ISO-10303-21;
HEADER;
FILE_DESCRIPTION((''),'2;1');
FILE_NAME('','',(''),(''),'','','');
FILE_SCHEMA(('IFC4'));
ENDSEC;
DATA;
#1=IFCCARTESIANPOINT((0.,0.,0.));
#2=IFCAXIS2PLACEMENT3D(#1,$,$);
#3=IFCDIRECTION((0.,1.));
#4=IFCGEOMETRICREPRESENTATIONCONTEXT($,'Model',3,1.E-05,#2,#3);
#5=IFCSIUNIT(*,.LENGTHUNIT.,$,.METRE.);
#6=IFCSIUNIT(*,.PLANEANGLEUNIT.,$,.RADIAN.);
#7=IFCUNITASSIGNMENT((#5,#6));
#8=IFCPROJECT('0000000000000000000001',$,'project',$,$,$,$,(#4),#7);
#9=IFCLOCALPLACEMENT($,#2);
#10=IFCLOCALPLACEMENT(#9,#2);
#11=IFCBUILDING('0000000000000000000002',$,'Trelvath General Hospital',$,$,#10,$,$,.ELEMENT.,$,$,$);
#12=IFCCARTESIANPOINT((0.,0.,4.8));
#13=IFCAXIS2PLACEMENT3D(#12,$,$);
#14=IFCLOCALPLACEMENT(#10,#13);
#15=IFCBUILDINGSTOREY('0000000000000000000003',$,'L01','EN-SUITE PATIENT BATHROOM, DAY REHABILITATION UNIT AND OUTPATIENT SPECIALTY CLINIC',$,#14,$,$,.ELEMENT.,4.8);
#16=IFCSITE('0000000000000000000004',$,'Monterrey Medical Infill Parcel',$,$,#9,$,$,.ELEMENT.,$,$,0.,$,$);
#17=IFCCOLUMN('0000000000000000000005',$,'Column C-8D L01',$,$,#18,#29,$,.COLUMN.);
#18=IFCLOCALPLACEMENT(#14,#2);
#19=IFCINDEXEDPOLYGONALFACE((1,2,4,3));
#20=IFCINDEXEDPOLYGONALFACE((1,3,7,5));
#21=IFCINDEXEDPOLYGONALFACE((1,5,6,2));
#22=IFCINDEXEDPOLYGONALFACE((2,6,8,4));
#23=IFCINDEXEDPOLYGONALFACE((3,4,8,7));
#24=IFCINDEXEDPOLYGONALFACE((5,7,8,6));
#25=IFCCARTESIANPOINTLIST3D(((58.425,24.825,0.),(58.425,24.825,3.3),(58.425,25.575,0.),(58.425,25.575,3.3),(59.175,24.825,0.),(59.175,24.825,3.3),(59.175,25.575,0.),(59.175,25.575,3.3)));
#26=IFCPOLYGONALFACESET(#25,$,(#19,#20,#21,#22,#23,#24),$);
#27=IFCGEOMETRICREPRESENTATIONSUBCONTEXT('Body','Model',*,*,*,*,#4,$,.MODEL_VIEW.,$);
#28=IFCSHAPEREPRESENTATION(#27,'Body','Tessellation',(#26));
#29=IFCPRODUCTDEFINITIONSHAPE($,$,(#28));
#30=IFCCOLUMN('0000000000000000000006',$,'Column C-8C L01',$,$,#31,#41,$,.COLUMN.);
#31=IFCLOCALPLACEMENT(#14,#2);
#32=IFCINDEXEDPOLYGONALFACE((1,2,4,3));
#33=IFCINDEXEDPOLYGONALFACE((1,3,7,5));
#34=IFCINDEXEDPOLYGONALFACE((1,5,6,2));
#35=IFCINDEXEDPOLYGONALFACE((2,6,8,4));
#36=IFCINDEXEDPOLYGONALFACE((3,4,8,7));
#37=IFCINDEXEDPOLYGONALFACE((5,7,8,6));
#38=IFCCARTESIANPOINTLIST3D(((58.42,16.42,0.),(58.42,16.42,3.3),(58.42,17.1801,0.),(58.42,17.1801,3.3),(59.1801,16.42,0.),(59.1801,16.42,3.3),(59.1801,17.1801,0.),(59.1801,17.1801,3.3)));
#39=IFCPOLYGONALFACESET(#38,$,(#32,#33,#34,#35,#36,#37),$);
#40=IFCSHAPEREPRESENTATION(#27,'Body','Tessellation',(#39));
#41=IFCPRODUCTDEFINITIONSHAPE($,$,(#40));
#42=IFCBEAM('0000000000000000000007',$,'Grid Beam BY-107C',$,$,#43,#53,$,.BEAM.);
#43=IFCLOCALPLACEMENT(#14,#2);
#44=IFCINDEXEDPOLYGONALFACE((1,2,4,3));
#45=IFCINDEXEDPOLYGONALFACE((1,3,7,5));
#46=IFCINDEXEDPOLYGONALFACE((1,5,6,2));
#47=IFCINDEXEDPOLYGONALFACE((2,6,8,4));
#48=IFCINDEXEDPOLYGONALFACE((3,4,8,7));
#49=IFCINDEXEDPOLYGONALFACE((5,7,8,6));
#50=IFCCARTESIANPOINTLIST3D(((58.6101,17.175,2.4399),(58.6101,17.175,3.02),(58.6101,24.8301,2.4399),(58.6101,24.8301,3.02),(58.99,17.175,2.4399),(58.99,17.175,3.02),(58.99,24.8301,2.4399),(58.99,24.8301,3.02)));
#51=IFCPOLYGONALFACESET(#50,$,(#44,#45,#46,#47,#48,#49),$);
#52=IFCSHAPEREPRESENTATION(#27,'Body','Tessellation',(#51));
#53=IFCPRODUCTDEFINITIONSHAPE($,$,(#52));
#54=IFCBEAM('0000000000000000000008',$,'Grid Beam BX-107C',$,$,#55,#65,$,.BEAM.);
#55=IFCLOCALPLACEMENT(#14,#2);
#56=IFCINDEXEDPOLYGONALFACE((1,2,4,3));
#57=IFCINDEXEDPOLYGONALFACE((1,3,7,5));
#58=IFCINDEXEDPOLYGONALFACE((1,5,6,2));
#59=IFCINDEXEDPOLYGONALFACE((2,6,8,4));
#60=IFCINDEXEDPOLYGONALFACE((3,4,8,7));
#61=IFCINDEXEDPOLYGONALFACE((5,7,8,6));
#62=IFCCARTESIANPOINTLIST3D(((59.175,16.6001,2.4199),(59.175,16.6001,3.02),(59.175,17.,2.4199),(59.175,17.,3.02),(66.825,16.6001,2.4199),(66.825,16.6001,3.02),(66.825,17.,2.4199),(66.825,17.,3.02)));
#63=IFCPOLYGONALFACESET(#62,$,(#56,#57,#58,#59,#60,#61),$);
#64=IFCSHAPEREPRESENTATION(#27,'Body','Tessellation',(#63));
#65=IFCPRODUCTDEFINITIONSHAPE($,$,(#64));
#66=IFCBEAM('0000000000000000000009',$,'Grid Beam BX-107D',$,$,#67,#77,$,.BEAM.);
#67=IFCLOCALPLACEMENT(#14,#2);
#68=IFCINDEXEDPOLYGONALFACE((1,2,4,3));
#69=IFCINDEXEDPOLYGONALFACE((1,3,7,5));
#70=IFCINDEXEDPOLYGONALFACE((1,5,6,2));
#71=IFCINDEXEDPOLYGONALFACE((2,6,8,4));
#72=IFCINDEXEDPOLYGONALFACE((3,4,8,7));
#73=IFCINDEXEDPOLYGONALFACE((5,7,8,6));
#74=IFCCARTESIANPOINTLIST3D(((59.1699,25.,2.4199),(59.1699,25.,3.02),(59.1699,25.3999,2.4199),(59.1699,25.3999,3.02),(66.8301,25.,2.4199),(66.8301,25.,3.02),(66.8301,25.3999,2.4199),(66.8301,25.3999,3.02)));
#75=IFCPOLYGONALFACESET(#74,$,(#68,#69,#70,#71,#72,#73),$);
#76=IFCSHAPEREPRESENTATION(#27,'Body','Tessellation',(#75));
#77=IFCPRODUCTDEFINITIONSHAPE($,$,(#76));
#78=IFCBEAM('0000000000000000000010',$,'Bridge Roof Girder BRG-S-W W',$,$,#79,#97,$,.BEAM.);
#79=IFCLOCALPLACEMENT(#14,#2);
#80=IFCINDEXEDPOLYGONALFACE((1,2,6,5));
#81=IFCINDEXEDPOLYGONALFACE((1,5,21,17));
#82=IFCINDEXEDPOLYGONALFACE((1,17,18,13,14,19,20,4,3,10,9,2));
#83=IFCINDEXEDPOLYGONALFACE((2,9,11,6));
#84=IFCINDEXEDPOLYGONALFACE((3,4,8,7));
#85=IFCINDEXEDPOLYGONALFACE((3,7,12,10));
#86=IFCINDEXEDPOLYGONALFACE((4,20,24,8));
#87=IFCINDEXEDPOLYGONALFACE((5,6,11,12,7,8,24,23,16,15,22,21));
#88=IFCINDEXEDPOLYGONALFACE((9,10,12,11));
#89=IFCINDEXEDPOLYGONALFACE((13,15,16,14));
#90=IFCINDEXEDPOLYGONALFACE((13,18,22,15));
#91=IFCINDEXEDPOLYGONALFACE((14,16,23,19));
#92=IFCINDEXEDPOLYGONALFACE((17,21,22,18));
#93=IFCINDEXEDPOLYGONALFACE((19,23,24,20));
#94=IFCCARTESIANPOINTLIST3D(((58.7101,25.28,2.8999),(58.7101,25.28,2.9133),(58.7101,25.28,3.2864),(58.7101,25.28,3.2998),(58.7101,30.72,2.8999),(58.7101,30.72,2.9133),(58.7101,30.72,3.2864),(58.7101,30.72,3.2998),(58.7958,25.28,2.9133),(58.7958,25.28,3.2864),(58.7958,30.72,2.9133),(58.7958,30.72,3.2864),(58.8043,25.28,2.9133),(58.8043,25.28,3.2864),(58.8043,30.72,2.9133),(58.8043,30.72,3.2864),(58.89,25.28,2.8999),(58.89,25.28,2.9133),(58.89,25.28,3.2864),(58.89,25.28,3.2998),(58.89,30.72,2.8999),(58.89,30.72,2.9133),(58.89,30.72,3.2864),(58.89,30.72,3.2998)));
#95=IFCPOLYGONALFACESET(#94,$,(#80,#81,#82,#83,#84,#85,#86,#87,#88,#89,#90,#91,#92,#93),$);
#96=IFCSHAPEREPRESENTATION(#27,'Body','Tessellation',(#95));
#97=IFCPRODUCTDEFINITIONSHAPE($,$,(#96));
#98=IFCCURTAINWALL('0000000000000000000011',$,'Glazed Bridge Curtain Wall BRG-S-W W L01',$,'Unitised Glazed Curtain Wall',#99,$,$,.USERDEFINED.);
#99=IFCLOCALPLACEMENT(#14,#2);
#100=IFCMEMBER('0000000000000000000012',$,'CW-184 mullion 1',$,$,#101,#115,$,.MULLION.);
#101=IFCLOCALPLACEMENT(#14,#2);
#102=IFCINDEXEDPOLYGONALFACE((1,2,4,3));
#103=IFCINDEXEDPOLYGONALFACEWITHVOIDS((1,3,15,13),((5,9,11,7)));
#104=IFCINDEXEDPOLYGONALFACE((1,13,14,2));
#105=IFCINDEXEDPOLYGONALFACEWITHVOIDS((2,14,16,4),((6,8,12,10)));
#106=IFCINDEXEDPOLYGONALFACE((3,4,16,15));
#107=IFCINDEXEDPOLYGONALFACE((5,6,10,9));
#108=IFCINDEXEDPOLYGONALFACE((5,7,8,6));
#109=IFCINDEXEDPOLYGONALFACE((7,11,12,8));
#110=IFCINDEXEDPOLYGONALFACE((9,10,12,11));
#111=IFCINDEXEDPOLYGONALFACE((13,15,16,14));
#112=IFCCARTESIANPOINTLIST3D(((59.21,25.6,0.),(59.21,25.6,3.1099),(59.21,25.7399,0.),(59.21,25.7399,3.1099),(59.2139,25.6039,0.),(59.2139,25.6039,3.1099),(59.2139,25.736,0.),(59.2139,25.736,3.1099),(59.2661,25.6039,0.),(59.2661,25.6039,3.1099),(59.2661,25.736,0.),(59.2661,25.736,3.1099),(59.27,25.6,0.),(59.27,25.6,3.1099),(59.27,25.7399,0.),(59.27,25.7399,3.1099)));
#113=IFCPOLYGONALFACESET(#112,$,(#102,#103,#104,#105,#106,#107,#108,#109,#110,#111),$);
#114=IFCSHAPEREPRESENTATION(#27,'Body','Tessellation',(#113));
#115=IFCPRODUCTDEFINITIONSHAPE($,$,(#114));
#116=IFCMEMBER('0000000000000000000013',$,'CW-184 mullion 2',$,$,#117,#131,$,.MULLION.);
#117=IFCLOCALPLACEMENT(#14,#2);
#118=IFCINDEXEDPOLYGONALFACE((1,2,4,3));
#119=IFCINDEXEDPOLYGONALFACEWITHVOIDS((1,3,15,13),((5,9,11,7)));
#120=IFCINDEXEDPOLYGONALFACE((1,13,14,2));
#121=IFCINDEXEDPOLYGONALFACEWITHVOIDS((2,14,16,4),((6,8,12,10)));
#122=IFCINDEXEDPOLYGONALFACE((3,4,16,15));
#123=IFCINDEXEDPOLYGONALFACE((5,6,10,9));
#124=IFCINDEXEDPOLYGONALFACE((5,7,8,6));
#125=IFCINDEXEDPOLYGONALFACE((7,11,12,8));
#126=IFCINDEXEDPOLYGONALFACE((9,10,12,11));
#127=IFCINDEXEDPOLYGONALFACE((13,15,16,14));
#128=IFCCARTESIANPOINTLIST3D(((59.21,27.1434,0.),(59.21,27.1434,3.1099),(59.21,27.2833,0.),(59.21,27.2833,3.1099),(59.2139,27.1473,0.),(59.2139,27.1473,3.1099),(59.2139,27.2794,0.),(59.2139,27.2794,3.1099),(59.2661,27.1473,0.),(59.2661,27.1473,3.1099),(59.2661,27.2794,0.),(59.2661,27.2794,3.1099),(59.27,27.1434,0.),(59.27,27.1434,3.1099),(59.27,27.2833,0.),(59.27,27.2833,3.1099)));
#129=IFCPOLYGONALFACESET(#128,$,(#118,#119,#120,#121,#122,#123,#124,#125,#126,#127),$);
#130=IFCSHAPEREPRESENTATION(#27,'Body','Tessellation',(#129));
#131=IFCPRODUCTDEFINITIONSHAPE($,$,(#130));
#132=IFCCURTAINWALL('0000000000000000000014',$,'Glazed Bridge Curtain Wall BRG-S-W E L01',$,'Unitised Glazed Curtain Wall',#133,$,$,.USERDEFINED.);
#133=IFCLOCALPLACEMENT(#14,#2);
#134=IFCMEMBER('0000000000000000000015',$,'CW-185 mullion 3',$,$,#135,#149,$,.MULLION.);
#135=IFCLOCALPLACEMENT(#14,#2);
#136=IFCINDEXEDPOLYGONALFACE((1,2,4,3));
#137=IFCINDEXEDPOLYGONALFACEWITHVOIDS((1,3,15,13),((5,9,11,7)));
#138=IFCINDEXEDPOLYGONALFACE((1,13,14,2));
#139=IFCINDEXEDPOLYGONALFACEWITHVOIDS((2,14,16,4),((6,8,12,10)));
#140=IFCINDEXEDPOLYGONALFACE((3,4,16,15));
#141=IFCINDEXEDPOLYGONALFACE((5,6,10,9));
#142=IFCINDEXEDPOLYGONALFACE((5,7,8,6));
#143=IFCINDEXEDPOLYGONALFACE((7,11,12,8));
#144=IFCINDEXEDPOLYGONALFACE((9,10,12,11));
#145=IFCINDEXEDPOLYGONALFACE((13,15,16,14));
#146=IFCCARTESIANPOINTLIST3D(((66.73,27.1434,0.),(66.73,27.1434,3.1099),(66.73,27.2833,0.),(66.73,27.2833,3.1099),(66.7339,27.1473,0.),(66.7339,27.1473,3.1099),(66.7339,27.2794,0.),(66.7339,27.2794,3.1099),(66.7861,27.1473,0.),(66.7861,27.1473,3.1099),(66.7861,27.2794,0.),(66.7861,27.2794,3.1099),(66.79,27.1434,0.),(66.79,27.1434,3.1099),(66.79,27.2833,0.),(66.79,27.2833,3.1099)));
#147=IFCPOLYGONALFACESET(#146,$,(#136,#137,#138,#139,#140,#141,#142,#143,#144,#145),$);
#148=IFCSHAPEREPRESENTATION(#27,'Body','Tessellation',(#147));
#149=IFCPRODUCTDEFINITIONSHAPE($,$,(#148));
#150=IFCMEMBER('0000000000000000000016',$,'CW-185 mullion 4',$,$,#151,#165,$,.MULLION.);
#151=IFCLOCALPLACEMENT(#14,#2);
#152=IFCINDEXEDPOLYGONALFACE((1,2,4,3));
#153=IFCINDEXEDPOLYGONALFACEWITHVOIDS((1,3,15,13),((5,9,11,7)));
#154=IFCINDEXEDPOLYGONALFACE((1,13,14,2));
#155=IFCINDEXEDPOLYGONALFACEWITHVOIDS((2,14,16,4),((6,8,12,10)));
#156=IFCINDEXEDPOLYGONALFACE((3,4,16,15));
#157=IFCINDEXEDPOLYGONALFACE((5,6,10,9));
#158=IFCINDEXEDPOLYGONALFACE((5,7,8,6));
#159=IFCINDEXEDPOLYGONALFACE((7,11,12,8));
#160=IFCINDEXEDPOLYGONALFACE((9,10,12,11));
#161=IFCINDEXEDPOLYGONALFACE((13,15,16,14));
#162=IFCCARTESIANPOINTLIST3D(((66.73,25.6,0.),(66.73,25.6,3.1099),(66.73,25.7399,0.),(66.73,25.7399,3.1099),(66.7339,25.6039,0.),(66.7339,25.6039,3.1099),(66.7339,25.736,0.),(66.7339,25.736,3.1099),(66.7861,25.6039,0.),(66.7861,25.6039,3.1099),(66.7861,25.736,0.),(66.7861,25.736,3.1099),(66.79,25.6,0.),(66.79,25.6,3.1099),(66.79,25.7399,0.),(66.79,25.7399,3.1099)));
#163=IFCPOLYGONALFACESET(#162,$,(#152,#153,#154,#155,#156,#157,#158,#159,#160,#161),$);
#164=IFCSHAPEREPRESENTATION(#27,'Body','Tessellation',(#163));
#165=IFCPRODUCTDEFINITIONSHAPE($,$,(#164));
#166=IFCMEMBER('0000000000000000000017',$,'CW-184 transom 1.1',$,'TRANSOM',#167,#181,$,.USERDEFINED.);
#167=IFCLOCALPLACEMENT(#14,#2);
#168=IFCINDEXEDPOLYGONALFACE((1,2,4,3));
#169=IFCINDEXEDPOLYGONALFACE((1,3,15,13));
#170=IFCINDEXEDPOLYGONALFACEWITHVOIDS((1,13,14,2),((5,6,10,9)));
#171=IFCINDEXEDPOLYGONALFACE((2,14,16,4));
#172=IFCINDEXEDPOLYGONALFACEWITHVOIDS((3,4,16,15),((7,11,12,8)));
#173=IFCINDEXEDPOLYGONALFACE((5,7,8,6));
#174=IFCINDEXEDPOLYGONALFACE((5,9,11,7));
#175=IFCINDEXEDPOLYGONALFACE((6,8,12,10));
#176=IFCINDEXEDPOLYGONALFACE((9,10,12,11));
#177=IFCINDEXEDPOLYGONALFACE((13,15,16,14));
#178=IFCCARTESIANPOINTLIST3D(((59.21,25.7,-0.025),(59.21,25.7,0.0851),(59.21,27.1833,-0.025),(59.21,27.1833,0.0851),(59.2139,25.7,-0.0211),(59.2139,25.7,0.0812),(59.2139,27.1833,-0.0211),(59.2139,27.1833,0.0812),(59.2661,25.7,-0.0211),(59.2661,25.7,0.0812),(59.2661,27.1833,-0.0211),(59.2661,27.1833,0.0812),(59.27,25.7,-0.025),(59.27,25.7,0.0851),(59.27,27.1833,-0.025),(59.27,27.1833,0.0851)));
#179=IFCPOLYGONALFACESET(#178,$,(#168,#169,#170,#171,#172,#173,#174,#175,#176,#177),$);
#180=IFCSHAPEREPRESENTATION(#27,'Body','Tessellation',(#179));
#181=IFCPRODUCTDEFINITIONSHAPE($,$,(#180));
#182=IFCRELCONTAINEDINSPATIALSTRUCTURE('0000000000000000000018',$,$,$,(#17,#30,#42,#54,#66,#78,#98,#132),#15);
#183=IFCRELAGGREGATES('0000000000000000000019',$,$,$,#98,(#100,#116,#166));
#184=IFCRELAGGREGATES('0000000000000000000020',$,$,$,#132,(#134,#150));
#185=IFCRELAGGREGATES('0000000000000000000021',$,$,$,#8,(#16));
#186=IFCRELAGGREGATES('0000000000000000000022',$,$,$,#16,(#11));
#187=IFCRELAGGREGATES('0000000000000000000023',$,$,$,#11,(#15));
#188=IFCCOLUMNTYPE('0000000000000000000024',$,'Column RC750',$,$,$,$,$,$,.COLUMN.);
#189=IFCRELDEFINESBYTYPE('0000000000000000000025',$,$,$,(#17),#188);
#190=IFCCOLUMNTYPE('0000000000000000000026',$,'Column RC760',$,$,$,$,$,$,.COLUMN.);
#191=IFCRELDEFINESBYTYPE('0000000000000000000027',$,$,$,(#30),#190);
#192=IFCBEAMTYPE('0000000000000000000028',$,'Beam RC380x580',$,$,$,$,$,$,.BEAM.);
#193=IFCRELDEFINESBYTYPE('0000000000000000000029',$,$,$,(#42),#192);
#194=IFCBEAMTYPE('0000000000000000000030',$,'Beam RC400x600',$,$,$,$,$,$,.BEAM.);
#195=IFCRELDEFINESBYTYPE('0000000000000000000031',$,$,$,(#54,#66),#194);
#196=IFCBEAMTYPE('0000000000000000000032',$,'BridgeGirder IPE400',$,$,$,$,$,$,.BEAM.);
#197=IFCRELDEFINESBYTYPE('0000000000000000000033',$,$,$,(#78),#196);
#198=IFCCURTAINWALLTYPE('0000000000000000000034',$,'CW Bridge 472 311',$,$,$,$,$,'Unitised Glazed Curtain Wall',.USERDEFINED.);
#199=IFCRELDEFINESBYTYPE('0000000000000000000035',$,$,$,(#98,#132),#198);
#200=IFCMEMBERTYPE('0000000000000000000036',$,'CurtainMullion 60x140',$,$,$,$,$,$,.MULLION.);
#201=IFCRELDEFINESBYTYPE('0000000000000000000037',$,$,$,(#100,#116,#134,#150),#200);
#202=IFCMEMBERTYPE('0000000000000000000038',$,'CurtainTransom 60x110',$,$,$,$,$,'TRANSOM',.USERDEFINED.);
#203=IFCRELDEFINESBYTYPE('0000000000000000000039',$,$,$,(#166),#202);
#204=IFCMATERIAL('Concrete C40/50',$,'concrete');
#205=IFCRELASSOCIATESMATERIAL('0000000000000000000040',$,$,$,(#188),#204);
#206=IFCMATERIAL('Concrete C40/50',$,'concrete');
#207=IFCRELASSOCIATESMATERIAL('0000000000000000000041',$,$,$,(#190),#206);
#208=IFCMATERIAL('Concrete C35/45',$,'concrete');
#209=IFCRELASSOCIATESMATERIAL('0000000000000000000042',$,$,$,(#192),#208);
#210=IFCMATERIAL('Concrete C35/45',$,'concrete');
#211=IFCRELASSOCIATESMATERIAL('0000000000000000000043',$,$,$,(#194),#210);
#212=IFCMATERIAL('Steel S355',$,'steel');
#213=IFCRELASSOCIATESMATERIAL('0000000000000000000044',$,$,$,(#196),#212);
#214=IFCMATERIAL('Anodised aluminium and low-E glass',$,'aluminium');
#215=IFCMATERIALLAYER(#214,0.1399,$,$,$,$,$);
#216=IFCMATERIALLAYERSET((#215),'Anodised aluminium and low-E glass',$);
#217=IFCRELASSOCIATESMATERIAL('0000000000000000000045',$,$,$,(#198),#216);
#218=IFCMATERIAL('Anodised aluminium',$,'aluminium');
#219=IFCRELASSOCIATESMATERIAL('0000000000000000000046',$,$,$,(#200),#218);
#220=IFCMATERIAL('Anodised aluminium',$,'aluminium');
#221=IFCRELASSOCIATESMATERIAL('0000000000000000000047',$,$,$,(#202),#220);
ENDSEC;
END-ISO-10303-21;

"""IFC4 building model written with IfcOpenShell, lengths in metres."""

from ifc_helpers import new_model, si_unit, direction, frame, origin, origin_2d, place, context, subcontext, project, spatial, rectangle, hollow_rectangle, i_section, extrude, material, layer, layer_set, material_profile, profile_set, type_object, element, aggregate, save


model = new_model("IFC4")

# Units and contexts
model_context = context("Model", 3, precision=1e-05, world=origin(), true_north=direction((0.0, 1.0)))
body_context = subcontext(model_context, "Body", "Model", "MODEL_VIEW")
ifc_project = project(units=[si_unit("LENGTHUNIT", "METRE"), si_unit("PLANEANGLEUNIT", "RADIAN")], contexts=[model_context])

# Site, building, storey
site_placement = place(None, origin())
site = spatial("IfcSite", under=ifc_project, at=site_placement, Name="Monterrey Medical Infill Parcel", CompositionType="ELEMENT", RefElevation=0.0)
building_placement = place(site_placement, origin())
building = spatial("IfcBuilding", under=site, at=building_placement, Name="Trelvath General Hospital", CompositionType="ELEMENT")
storey_placement = place(building_placement, frame((0.0, 0.0, 4.8)))
storey = spatial("IfcBuildingStorey", under=building, at=storey_placement, Name="L01", Description="EN-SUITE PATIENT BATHROOM, DAY REHABILITATION UNIT AND OUTPATIENT SPECIALTY CLINIC", CompositionType="ELEMENT", Elevation=4.8)

# Columns
ifc_material_1 = material(Name="Concrete C40/50", Category="concrete")
ifc_material_profile_1 = material_profile(ifc_material_1, rectangle(XDim=0.75, YDim=0.75, at=origin_2d()), Name="RC750x750")
ifc_profile_set_1 = profile_set([ifc_material_profile_1], Name="Concrete C40/50")
column_type_1 = type_object("IfcColumnType", Name="Column RC750", PredefinedType="COLUMN", material=ifc_profile_set_1)
column_1_placement = place(storey_placement, frame((58.8, 25.2, 0.0), z_axis=(0.0, 0.0, 1.0), x_axis=(1.0, 0.0, 0.0)))
element("IfcColumn", 1, at=column_1_placement, inside=storey, type_object=column_type_1, Name="Column C-8D L01", PredefinedType="COLUMN", context=body_context, shape_type="SweptSolid", body=[
    extrude(rectangle(XDim=0.75, YDim=0.75, at=origin_2d()), origin(), (0.0, 0.0, 1.0), 3.3),
])
ifc_material_2 = material(Name="Concrete C40/50", Category="concrete")
ifc_material_profile_2 = material_profile(ifc_material_2, rectangle(XDim=0.76, YDim=0.76, at=origin_2d()), Name="RC760x760")
ifc_profile_set_2 = profile_set([ifc_material_profile_2], Name="Concrete C40/50")
column_type_2 = type_object("IfcColumnType", Name="Column RC760", PredefinedType="COLUMN", material=ifc_profile_set_2)
column_2_placement = place(storey_placement, frame((58.8, 16.8, 0.0), z_axis=(0.0, 0.0, 1.0), x_axis=(1.0, 0.0, 0.0)))
element("IfcColumn", 2, at=column_2_placement, inside=storey, type_object=column_type_2, Name="Column C-8C L01", PredefinedType="COLUMN", context=body_context, shape_type="SweptSolid", body=[
    extrude(rectangle(XDim=0.76, YDim=0.76, at=origin_2d()), origin(), (0.0, 0.0, 1.0), 3.3),
])

# Beams
ifc_material_3 = material(Name="Concrete C35/45", Category="concrete")
ifc_material_profile_3 = material_profile(ifc_material_3, rectangle(XDim=0.3799, YDim=0.5801, at=origin_2d()), Name="RCB380x580")
ifc_profile_set_3 = profile_set([ifc_material_profile_3], Name="Concrete C35/45")
beam_type_1 = type_object("IfcBeamType", Name="Beam RC380x580", PredefinedType="BEAM", material=ifc_profile_set_3)
beam_1_placement = place(storey_placement, frame((58.8, 17.175, 2.73), z_axis=(0.0, 1.0, 0.0), x_axis=(-1.0, 0.0, 0.0)))
element("IfcBeam", 3, at=beam_1_placement, inside=storey, type_object=beam_type_1, Name="Grid Beam BY-107C", PredefinedType="BEAM", context=body_context, shape_type="SweptSolid", body=[
    extrude(rectangle(XDim=0.3799, YDim=0.5801, at=origin_2d()), origin(), (0.0, 0.0, 1.0), 7.655),
])
ifc_material_4 = material(Name="Concrete C35/45", Category="concrete")
ifc_material_profile_4 = material_profile(ifc_material_4, rectangle(XDim=0.3999, YDim=0.6001, at=origin_2d()), Name="RCB400x600")
ifc_profile_set_4 = profile_set([ifc_material_profile_4], Name="Concrete C35/45")
beam_type_2 = type_object("IfcBeamType", Name="Beam RC400x600", PredefinedType="BEAM", material=ifc_profile_set_4)
beam_2_placement = place(storey_placement, frame((59.175, 16.8, 2.72), z_axis=(1.0, 0.0, 0.0), x_axis=(0.0, 1.0, 0.0)))
element("IfcBeam", 4, at=beam_2_placement, inside=storey, type_object=beam_type_2, Name="Grid Beam BX-107C", PredefinedType="BEAM", context=body_context, shape_type="SweptSolid", body=[
    extrude(rectangle(XDim=0.3999, YDim=0.6001, at=origin_2d()), origin(), (0.0, 0.0, 1.0), 7.6499),
])
beam_3_placement = place(storey_placement, frame((59.1699, 25.2, 2.72), z_axis=(1.0, 0.0, 0.0), x_axis=(0.0, 1.0, 0.0)))
element("IfcBeam", 5, at=beam_3_placement, inside=storey, type_object=beam_type_2, Name="Grid Beam BX-107D", PredefinedType="BEAM", context=body_context, shape_type="SweptSolid", body=[
    extrude(rectangle(XDim=0.3999, YDim=0.6001, at=origin_2d()), origin(), (0.0, 0.0, 1.0), 7.6602),
])
ifc_material_5 = material(Name="Steel S355", Category="steel")
ifc_material_profile_5 = material_profile(ifc_material_5, i_section(OverallWidth=0.1799, OverallDepth=0.3999, WebThickness=0.0085, FlangeThickness=0.0134, at=origin_2d()), Name="IPE400")
ifc_profile_set_5 = profile_set([ifc_material_profile_5], Name="Steel S355")
beam_type_3 = type_object("IfcBeamType", Name="BridgeGirder IPE400", PredefinedType="BEAM", material=ifc_profile_set_5)
beam_4_placement = place(storey_placement, frame((58.8, 25.28, 3.0999), z_axis=(0.0, 1.0, 0.0), x_axis=(-1.0, 0.0, 0.0)))
element("IfcBeam", 6, at=beam_4_placement, inside=storey, type_object=beam_type_3, Name="Bridge Roof Girder BRG-S-W W", PredefinedType="BEAM", context=body_context, shape_type="SweptSolid", body=[
    extrude(i_section(OverallWidth=0.1799, OverallDepth=0.3999, WebThickness=0.0085, FlangeThickness=0.0134, at=origin_2d()), origin(), (0.0, 0.0, 1.0), 5.4399),
])

# Curtain walls, members
ifc_material_6 = material(Name="Anodised aluminium and low-E glass", Category="aluminium")
ifc_layer_1 = layer(ifc_material_6, 0.1399)
ifc_layer_set_1 = layer_set([ifc_layer_1], Name="Anodised aluminium and low-E glass")
curtain_wall_type = type_object("IfcCurtainWallType", Name="CW Bridge 472 311", ElementType="Unitised Glazed Curtain Wall", PredefinedType="USERDEFINED", material=ifc_layer_set_1)
curtain_wall_1_placement = place(storey_placement, origin())
curtain_wall_1 = element("IfcCurtainWall", 7, at=curtain_wall_1_placement, inside=storey, type_object=curtain_wall_type, Name="Glazed Bridge Curtain Wall BRG-S-W W L01", ObjectType="Unitised Glazed Curtain Wall", PredefinedType="USERDEFINED")
ifc_material_7 = material(Name="Anodised aluminium", Category="aluminium")
ifc_material_profile_6 = material_profile(ifc_material_7, hollow_rectangle(XDim=0.0601, YDim=0.1399, WallThickness=0.0039, at=origin_2d()), Name="RHS60x140x4")
ifc_profile_set_6 = profile_set([ifc_material_profile_6], Name="Anodised aluminium")
member_type_1 = type_object("IfcMemberType", Name="CurtainMullion 60x140", PredefinedType="MULLION", material=ifc_profile_set_6)
member_1_placement = place(storey_placement, frame((59.24, 25.6699, 0.0), z_axis=(0.0, 0.0, 1.0), x_axis=(-1.0, 0.0, 0.0)))
member_1 = element("IfcMember", 8, at=member_1_placement, type_object=member_type_1, Name="CW-184 mullion 1", PredefinedType="MULLION", context=body_context, shape_type="SweptSolid", body=[
    extrude(hollow_rectangle(XDim=0.0601, YDim=0.1399, WallThickness=0.0039, at=origin_2d()), origin(), (0.0, 0.0, 1.0), 3.1099),
])
member_2_placement = place(storey_placement, frame((59.24, 27.2134, 0.0), z_axis=(0.0, 0.0, 1.0), x_axis=(-1.0, 0.0, 0.0)))
member_2 = element("IfcMember", 9, at=member_2_placement, type_object=member_type_1, Name="CW-184 mullion 2", PredefinedType="MULLION", context=body_context, shape_type="SweptSolid", body=[
    extrude(hollow_rectangle(XDim=0.0601, YDim=0.1399, WallThickness=0.0039, at=origin_2d()), origin(), (0.0, 0.0, 1.0), 3.1099),
])
curtain_wall_2_placement = place(storey_placement, origin())
curtain_wall_2 = element("IfcCurtainWall", 10, at=curtain_wall_2_placement, inside=storey, type_object=curtain_wall_type, Name="Glazed Bridge Curtain Wall BRG-S-W E L01", ObjectType="Unitised Glazed Curtain Wall", PredefinedType="USERDEFINED")
member_3_placement = place(storey_placement, frame((66.76, 27.2134, 0.0), z_axis=(0.0, 0.0, 1.0), x_axis=(1.0, 0.0, 0.0)))
member_3 = element("IfcMember", 11, at=member_3_placement, type_object=member_type_1, Name="CW-185 mullion 3", PredefinedType="MULLION", context=body_context, shape_type="SweptSolid", body=[
    extrude(hollow_rectangle(XDim=0.0601, YDim=0.1399, WallThickness=0.0039, at=origin_2d()), origin(), (0.0, 0.0, 1.0), 3.1099),
])
member_4_placement = place(storey_placement, frame((66.76, 25.6699, 0.0), z_axis=(0.0, 0.0, 1.0), x_axis=(1.0, 0.0, 0.0)))
member_4 = element("IfcMember", 12, at=member_4_placement, type_object=member_type_1, Name="CW-185 mullion 4", PredefinedType="MULLION", context=body_context, shape_type="SweptSolid", body=[
    extrude(hollow_rectangle(XDim=0.0601, YDim=0.1399, WallThickness=0.0039, at=origin_2d()), origin(), (0.0, 0.0, 1.0), 3.1099),
])

# Member
ifc_material_8 = material(Name="Anodised aluminium", Category="aluminium")
ifc_material_profile_7 = material_profile(ifc_material_8, hollow_rectangle(XDim=0.0601, YDim=0.1101, WallThickness=0.0039, at=origin_2d()), Name="RHS60x110x4")
ifc_profile_set_7 = profile_set([ifc_material_profile_7], Name="Anodised aluminium")
member_type_2 = type_object("IfcMemberType", Name="CurtainTransom 60x110", ElementType="TRANSOM", PredefinedType="USERDEFINED", material=ifc_profile_set_7)
member_5_placement = place(storey_placement, frame((59.24, 25.7, 0.03), z_axis=(0.0, 1.0, 0.0), x_axis=(-1.0, 0.0, 0.0)))
member_5 = element("IfcMember", 13, at=member_5_placement, type_object=member_type_2, Name="CW-184 transom 1.1", ObjectType="TRANSOM", PredefinedType="USERDEFINED", context=body_context, shape_type="SweptSolid", body=[
    extrude(hollow_rectangle(XDim=0.0601, YDim=0.1101, WallThickness=0.0039, at=origin_2d()), origin(), (0.0, 0.0, 1.0), 1.4834),
])

aggregate(curtain_wall_1, [member_1, member_2, member_5])
aggregate(curtain_wall_2, [member_3, member_4])

save(model, "model.ifc")
